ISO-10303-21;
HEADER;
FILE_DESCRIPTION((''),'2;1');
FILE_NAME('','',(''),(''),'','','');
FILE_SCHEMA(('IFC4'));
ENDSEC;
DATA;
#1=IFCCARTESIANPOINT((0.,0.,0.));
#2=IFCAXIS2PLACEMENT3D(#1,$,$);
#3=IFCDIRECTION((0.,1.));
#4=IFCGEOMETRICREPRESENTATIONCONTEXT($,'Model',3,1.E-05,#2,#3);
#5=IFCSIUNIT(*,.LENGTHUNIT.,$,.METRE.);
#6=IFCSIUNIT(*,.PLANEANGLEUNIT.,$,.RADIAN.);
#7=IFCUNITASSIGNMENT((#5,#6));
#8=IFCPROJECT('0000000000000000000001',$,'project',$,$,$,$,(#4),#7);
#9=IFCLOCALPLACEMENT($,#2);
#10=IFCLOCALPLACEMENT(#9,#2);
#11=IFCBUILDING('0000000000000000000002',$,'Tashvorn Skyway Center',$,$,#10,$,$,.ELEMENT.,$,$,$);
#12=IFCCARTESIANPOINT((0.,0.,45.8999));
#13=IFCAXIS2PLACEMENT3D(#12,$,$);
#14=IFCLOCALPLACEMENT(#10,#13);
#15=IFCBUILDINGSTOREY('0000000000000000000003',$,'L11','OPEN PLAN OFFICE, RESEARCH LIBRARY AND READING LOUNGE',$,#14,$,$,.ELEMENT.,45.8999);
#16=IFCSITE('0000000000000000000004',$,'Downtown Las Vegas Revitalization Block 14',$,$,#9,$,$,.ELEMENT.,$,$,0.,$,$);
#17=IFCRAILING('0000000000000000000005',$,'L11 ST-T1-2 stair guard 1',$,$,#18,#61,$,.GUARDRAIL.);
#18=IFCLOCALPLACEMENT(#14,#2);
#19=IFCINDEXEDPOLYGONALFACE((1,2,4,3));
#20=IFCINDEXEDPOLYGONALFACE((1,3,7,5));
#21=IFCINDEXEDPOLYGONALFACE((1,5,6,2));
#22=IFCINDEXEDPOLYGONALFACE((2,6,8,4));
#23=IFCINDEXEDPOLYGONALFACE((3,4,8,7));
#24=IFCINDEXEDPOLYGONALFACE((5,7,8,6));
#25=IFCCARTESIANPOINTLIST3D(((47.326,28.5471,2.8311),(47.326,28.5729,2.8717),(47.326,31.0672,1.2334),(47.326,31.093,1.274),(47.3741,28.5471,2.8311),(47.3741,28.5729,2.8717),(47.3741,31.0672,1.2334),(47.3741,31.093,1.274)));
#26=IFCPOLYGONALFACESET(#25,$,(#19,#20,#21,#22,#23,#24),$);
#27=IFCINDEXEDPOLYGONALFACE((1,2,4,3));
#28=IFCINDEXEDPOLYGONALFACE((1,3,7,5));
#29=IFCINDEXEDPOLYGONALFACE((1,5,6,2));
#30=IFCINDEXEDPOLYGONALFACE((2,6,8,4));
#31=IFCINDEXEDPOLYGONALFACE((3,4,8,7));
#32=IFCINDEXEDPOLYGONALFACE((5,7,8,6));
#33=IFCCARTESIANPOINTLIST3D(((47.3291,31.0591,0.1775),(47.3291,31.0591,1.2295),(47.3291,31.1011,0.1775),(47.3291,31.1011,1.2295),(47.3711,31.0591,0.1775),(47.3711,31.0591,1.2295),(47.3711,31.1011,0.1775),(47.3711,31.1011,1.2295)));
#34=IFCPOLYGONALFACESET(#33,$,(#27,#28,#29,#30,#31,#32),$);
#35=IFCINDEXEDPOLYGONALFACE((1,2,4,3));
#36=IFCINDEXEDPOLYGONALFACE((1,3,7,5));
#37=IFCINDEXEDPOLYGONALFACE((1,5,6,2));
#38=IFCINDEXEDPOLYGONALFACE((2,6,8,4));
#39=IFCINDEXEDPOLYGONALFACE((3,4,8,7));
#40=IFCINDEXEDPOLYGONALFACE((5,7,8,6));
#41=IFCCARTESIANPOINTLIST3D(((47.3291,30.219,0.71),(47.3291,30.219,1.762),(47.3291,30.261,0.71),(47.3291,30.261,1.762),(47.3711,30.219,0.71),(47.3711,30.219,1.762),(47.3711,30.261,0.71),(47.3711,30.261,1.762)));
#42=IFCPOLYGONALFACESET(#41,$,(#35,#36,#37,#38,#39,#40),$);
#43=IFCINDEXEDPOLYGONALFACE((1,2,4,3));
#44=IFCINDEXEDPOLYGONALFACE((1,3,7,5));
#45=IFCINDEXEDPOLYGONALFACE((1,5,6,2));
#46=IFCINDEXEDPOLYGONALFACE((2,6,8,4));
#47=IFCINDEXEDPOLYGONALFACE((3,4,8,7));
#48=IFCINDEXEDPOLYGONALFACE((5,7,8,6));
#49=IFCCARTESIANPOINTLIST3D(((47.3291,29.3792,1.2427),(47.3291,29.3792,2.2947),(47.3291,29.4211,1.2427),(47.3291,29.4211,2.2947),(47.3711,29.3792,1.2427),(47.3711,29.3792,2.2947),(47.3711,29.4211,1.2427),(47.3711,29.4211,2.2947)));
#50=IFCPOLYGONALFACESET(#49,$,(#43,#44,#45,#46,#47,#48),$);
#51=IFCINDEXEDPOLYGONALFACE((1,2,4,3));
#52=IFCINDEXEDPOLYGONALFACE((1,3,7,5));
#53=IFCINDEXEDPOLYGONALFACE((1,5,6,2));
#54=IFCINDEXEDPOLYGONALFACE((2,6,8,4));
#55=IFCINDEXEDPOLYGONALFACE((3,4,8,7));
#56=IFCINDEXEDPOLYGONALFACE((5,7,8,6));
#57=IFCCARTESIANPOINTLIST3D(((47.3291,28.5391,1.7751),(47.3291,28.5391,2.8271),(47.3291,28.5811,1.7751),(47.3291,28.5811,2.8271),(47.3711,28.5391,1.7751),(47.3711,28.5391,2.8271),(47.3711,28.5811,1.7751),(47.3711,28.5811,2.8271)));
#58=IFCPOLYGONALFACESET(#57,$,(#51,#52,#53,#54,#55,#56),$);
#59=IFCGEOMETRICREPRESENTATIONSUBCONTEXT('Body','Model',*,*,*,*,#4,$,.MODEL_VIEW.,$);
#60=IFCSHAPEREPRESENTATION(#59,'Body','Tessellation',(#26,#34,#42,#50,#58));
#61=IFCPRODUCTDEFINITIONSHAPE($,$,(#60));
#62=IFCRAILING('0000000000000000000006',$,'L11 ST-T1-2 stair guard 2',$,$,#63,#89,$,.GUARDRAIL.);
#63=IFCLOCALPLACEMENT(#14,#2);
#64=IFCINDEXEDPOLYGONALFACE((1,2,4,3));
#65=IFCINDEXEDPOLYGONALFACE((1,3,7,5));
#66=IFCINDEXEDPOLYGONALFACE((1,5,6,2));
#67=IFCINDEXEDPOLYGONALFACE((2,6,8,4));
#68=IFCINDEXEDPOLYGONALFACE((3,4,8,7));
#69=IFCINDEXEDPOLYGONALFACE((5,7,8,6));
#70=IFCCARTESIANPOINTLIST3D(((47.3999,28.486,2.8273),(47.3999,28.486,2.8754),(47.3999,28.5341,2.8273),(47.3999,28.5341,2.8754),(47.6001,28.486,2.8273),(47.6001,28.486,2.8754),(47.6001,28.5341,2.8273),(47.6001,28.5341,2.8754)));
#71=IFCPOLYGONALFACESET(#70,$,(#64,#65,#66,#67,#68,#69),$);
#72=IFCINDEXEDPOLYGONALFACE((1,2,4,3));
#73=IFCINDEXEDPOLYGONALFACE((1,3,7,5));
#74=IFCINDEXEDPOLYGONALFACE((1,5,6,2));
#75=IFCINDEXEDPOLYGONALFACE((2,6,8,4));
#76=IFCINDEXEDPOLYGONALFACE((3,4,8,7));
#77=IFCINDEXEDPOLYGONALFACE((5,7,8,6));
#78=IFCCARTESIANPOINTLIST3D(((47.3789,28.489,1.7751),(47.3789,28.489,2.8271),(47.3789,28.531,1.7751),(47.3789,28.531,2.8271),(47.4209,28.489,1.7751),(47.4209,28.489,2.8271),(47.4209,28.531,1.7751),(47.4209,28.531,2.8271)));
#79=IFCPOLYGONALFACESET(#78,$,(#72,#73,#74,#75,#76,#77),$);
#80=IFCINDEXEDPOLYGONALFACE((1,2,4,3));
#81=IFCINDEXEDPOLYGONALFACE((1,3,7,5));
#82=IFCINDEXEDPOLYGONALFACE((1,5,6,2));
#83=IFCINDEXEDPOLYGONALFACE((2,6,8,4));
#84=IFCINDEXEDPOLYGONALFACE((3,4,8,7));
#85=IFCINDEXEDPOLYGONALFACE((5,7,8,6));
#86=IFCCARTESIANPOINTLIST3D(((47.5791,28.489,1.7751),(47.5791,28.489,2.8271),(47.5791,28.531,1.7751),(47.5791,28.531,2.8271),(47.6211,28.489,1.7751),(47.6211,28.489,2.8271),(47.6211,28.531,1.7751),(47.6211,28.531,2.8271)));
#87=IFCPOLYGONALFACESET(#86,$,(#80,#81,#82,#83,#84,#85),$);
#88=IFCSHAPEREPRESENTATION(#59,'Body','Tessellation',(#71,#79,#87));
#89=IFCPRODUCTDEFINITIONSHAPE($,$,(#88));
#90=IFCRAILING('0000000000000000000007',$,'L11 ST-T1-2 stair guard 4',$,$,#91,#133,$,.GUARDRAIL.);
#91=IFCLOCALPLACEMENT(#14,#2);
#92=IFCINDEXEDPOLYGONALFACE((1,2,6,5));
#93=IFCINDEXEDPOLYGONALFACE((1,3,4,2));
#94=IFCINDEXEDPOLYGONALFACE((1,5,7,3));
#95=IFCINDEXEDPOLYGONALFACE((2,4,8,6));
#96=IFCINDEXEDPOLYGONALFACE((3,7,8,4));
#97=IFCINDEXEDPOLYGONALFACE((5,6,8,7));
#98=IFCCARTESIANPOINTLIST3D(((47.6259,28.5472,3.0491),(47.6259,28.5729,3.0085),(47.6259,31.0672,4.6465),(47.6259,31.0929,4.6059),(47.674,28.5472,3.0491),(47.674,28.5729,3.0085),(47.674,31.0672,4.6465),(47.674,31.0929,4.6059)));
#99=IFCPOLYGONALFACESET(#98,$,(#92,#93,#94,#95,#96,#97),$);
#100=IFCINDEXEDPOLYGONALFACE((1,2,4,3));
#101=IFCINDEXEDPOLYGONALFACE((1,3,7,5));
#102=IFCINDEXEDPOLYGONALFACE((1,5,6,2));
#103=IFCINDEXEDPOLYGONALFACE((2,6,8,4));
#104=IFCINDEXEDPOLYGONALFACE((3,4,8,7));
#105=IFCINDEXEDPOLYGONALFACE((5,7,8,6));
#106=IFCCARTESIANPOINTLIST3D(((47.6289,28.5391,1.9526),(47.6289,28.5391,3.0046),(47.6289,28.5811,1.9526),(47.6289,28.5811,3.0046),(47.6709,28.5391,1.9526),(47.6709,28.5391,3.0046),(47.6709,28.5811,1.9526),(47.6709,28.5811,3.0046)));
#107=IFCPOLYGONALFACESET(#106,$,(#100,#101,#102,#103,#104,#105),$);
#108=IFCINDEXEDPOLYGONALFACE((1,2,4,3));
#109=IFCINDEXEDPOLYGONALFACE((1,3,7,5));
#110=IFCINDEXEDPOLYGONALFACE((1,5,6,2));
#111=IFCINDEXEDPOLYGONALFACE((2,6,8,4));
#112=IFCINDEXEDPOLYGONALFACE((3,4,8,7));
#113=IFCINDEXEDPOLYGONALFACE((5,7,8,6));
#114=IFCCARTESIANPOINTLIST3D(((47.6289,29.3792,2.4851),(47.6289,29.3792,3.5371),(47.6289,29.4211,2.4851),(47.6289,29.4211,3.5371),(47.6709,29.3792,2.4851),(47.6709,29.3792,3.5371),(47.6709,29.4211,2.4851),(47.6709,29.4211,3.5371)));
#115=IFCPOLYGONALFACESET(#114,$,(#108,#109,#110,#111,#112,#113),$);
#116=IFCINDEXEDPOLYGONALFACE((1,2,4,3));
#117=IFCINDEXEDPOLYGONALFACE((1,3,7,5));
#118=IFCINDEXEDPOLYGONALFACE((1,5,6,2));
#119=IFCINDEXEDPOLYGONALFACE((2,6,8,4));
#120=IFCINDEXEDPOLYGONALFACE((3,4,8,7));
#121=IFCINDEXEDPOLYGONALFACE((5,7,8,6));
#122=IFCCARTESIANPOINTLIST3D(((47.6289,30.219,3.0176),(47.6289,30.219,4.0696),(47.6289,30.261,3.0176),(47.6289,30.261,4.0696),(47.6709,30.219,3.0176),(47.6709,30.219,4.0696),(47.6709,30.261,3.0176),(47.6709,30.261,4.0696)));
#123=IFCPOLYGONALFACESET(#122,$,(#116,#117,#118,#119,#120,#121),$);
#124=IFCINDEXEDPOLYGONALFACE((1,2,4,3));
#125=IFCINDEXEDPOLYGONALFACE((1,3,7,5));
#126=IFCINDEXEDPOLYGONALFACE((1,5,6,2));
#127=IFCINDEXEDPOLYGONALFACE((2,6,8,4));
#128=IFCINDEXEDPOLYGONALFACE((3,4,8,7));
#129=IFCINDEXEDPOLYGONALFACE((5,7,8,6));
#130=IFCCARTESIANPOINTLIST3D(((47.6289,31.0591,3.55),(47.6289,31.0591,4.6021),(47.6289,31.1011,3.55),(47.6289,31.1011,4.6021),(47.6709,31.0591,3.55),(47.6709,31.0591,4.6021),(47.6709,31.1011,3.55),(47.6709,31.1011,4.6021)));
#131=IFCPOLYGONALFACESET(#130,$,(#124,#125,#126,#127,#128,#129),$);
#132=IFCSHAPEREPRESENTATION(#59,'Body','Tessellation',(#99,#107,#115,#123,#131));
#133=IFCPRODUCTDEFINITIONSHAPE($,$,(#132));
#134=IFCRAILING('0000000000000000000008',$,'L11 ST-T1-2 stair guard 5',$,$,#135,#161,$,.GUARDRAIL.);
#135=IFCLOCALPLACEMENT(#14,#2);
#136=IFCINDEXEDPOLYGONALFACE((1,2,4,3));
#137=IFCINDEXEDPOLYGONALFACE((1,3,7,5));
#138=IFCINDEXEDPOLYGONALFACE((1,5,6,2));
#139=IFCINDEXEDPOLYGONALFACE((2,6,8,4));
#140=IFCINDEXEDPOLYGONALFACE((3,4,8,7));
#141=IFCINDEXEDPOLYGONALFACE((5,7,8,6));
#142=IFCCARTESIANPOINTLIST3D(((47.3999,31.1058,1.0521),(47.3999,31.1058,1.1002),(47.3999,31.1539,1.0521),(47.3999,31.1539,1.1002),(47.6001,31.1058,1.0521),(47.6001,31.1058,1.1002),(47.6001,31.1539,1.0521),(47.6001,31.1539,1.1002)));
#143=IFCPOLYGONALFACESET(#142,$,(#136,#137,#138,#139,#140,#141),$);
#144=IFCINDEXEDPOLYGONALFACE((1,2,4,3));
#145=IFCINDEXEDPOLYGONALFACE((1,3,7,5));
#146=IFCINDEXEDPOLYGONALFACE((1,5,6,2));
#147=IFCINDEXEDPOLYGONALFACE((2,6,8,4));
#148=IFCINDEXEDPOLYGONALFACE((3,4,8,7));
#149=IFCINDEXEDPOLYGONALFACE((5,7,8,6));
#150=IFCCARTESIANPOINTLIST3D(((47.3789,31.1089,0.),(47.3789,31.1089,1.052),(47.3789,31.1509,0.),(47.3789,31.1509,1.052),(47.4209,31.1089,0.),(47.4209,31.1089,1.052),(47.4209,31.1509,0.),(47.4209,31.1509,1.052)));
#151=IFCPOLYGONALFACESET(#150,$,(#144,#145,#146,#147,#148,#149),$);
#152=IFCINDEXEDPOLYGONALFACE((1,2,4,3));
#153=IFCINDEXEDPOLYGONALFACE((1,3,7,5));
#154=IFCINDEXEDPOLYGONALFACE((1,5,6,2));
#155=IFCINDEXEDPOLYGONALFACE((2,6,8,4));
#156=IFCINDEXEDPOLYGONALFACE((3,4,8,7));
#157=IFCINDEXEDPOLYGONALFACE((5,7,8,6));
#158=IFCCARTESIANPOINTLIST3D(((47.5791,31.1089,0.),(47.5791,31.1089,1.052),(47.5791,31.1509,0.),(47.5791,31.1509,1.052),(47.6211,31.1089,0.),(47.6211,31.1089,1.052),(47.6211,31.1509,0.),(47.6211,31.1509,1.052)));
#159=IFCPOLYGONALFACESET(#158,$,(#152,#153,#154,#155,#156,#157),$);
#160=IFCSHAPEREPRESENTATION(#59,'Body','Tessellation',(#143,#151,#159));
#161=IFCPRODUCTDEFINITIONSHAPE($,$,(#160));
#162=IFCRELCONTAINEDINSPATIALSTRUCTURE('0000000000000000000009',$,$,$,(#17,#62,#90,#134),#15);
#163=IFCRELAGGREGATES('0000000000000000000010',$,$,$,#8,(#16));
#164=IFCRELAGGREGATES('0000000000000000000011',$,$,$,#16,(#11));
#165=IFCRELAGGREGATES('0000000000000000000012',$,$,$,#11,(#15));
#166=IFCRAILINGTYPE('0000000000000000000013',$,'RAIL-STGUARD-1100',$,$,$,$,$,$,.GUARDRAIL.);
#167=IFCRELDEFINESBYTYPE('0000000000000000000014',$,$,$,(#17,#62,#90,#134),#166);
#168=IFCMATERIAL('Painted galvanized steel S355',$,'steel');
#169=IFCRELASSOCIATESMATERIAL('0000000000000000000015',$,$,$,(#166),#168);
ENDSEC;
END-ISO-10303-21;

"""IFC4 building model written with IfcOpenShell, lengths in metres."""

from ifc_helpers import new_model, si_unit, direction, frame, origin, origin_2d, place, context, subcontext, project, spatial, rectangle, extrude, material, type_object, element, save


model = new_model("IFC4")

# Units and contexts
model_context = context("Model", 3, precision=1e-05, world=origin(), true_north=direction((0.0, 1.0)))
body_context = subcontext(model_context, "Body", "Model", "MODEL_VIEW")
ifc_project = project(units=[si_unit("LENGTHUNIT", "METRE"), si_unit("PLANEANGLEUNIT", "RADIAN")], contexts=[model_context])

# Site, building, storey
site_placement = place(None, origin())
site = spatial("IfcSite", under=ifc_project, at=site_placement, Name="Downtown Las Vegas Revitalization Block 14", CompositionType="ELEMENT", RefElevation=0.0)
building_placement = place(site_placement, origin())
building = spatial("IfcBuilding", under=site, at=building_placement, Name="Tashvorn Skyway Center", CompositionType="ELEMENT")
storey_placement = place(building_placement, frame((0.0, 0.0, 45.8999)))
storey = spatial("IfcBuildingStorey", under=building, at=storey_placement, Name="L11", Description="OPEN PLAN OFFICE, RESEARCH LIBRARY AND READING LOUNGE", CompositionType="ELEMENT", Elevation=45.8999)

# Railings
ifc_material_1 = material(Name="Painted galvanized steel S355", Category="steel")
railing_type_1 = type_object("IfcRailingType", Name="RAIL-STGUARD-1100", PredefinedType="GUARDRAIL", material=ifc_material_1)
railing_1_placement = place(storey_placement, frame((47.3501, 31.0801, 0.1775)))
element("IfcRailing", 1, at=railing_1_placement, inside=storey, type_object=railing_type_1, Name="L11 ST-T1-2 stair guard 1", PredefinedType="GUARDRAIL", context=body_context, shape_type="SweptSolid", body=[
    extrude(rectangle(XDim=0.0481, YDim=0.0481, at=origin_2d()), frame((0.0, 0.0, 1.0762), z_axis=(0.0, -0.84457, 0.535445), x_axis=(1.0, 0.0, 0.0)), (0.0, 0.0, 1.0), 2.9839),
    extrude(rectangle(XDim=0.042, YDim=0.042, at=origin_2d()), origin(), (0.0, 0.0, 1.0), 1.052),
    extrude(rectangle(XDim=0.042, YDim=0.042, at=origin_2d()), frame((0.0, -0.8401, 0.5325)), (0.0, 0.0, 1.0), 1.052),
    extrude(rectangle(XDim=0.042, YDim=0.042, at=origin_2d()), frame((0.0, -1.6799, 1.0652)), (0.0, 0.0, 1.0), 1.052),
    extrude(rectangle(XDim=0.042, YDim=0.042, at=origin_2d()), frame((0.0, -2.52, 1.5977)), (0.0, 0.0, 1.0), 1.052),
])
railing_2_placement = place(storey_placement, frame((47.3999, 28.51, 1.7751)))
element("IfcRailing", 2, at=railing_2_placement, inside=storey, type_object=railing_type_1, Name="L11 ST-T1-2 stair guard 2", PredefinedType="GUARDRAIL", context=body_context, shape_type="SweptSolid", body=[
    extrude(rectangle(XDim=0.0481, YDim=0.0481, at=origin_2d()), frame((0.0, 0.0, 1.0762), z_axis=(1.0, 0.0, 0.0), x_axis=(0.0, 1.0, 0.0)), (0.0, 0.0, 1.0), 0.2002),
    extrude(rectangle(XDim=0.042, YDim=0.042, at=origin_2d()), origin(), (0.0, 0.0, 1.0), 1.052),
    extrude(rectangle(XDim=0.042, YDim=0.042, at=origin_2d()), frame((0.2002, 0.0, 0.0)), (0.0, 0.0, 1.0), 1.052),
])
railing_3_placement = place(storey_placement, frame((47.6499, 28.5601, 1.9526)))
element("IfcRailing", 3, at=railing_3_placement, inside=storey, type_object=railing_type_1, Name="L11 ST-T1-2 stair guard 4", PredefinedType="GUARDRAIL", context=body_context, shape_type="SweptSolid", body=[
    extrude(rectangle(XDim=0.0481, YDim=0.0481, at=origin_2d()), frame((0.0, 0.0, 1.0762), z_axis=(0.0, 0.844607, 0.535387), x_axis=(-1.0, 0.0, 0.0)), (0.0, 0.0, 1.0), 2.9836),
    extrude(rectangle(XDim=0.042, YDim=0.042, at=origin_2d()), origin(), (0.0, 0.0, 1.0), 1.052),
    extrude(rectangle(XDim=0.042, YDim=0.042, at=origin_2d()), frame((0.0, 0.8401, 0.5325)), (0.0, 0.0, 1.0), 1.052),
    extrude(rectangle(XDim=0.042, YDim=0.042, at=origin_2d()), frame((0.0, 1.6799, 1.0649)), (0.0, 0.0, 1.0), 1.052),
    extrude(rectangle(XDim=0.042, YDim=0.042, at=origin_2d()), frame((0.0, 2.52, 1.5974)), (0.0, 0.0, 1.0), 1.052),
])
railing_4_placement = place(storey_placement, frame((47.3999, 31.1299, 0.0)))
element("IfcRailing", 4, at=railing_4_placement, inside=storey, type_object=railing_type_1, Name="L11 ST-T1-2 stair guard 5", PredefinedType="GUARDRAIL", context=body_context, shape_type="SweptSolid", body=[
    extrude(rectangle(XDim=0.0481, YDim=0.0481, at=origin_2d()), frame((0.0, 0.0, 1.0762), z_axis=(1.0, 0.0, 0.0), x_axis=(0.0, 1.0, 0.0)), (0.0, 0.0, 1.0), 0.2002),
    extrude(rectangle(XDim=0.042, YDim=0.042, at=origin_2d()), origin(), (0.0, 0.0, 1.0), 1.052),
    extrude(rectangle(XDim=0.042, YDim=0.042, at=origin_2d()), frame((0.2002, 0.0, 0.0)), (0.0, 0.0, 1.0), 1.052),
])

save(model, "model.ifc")
